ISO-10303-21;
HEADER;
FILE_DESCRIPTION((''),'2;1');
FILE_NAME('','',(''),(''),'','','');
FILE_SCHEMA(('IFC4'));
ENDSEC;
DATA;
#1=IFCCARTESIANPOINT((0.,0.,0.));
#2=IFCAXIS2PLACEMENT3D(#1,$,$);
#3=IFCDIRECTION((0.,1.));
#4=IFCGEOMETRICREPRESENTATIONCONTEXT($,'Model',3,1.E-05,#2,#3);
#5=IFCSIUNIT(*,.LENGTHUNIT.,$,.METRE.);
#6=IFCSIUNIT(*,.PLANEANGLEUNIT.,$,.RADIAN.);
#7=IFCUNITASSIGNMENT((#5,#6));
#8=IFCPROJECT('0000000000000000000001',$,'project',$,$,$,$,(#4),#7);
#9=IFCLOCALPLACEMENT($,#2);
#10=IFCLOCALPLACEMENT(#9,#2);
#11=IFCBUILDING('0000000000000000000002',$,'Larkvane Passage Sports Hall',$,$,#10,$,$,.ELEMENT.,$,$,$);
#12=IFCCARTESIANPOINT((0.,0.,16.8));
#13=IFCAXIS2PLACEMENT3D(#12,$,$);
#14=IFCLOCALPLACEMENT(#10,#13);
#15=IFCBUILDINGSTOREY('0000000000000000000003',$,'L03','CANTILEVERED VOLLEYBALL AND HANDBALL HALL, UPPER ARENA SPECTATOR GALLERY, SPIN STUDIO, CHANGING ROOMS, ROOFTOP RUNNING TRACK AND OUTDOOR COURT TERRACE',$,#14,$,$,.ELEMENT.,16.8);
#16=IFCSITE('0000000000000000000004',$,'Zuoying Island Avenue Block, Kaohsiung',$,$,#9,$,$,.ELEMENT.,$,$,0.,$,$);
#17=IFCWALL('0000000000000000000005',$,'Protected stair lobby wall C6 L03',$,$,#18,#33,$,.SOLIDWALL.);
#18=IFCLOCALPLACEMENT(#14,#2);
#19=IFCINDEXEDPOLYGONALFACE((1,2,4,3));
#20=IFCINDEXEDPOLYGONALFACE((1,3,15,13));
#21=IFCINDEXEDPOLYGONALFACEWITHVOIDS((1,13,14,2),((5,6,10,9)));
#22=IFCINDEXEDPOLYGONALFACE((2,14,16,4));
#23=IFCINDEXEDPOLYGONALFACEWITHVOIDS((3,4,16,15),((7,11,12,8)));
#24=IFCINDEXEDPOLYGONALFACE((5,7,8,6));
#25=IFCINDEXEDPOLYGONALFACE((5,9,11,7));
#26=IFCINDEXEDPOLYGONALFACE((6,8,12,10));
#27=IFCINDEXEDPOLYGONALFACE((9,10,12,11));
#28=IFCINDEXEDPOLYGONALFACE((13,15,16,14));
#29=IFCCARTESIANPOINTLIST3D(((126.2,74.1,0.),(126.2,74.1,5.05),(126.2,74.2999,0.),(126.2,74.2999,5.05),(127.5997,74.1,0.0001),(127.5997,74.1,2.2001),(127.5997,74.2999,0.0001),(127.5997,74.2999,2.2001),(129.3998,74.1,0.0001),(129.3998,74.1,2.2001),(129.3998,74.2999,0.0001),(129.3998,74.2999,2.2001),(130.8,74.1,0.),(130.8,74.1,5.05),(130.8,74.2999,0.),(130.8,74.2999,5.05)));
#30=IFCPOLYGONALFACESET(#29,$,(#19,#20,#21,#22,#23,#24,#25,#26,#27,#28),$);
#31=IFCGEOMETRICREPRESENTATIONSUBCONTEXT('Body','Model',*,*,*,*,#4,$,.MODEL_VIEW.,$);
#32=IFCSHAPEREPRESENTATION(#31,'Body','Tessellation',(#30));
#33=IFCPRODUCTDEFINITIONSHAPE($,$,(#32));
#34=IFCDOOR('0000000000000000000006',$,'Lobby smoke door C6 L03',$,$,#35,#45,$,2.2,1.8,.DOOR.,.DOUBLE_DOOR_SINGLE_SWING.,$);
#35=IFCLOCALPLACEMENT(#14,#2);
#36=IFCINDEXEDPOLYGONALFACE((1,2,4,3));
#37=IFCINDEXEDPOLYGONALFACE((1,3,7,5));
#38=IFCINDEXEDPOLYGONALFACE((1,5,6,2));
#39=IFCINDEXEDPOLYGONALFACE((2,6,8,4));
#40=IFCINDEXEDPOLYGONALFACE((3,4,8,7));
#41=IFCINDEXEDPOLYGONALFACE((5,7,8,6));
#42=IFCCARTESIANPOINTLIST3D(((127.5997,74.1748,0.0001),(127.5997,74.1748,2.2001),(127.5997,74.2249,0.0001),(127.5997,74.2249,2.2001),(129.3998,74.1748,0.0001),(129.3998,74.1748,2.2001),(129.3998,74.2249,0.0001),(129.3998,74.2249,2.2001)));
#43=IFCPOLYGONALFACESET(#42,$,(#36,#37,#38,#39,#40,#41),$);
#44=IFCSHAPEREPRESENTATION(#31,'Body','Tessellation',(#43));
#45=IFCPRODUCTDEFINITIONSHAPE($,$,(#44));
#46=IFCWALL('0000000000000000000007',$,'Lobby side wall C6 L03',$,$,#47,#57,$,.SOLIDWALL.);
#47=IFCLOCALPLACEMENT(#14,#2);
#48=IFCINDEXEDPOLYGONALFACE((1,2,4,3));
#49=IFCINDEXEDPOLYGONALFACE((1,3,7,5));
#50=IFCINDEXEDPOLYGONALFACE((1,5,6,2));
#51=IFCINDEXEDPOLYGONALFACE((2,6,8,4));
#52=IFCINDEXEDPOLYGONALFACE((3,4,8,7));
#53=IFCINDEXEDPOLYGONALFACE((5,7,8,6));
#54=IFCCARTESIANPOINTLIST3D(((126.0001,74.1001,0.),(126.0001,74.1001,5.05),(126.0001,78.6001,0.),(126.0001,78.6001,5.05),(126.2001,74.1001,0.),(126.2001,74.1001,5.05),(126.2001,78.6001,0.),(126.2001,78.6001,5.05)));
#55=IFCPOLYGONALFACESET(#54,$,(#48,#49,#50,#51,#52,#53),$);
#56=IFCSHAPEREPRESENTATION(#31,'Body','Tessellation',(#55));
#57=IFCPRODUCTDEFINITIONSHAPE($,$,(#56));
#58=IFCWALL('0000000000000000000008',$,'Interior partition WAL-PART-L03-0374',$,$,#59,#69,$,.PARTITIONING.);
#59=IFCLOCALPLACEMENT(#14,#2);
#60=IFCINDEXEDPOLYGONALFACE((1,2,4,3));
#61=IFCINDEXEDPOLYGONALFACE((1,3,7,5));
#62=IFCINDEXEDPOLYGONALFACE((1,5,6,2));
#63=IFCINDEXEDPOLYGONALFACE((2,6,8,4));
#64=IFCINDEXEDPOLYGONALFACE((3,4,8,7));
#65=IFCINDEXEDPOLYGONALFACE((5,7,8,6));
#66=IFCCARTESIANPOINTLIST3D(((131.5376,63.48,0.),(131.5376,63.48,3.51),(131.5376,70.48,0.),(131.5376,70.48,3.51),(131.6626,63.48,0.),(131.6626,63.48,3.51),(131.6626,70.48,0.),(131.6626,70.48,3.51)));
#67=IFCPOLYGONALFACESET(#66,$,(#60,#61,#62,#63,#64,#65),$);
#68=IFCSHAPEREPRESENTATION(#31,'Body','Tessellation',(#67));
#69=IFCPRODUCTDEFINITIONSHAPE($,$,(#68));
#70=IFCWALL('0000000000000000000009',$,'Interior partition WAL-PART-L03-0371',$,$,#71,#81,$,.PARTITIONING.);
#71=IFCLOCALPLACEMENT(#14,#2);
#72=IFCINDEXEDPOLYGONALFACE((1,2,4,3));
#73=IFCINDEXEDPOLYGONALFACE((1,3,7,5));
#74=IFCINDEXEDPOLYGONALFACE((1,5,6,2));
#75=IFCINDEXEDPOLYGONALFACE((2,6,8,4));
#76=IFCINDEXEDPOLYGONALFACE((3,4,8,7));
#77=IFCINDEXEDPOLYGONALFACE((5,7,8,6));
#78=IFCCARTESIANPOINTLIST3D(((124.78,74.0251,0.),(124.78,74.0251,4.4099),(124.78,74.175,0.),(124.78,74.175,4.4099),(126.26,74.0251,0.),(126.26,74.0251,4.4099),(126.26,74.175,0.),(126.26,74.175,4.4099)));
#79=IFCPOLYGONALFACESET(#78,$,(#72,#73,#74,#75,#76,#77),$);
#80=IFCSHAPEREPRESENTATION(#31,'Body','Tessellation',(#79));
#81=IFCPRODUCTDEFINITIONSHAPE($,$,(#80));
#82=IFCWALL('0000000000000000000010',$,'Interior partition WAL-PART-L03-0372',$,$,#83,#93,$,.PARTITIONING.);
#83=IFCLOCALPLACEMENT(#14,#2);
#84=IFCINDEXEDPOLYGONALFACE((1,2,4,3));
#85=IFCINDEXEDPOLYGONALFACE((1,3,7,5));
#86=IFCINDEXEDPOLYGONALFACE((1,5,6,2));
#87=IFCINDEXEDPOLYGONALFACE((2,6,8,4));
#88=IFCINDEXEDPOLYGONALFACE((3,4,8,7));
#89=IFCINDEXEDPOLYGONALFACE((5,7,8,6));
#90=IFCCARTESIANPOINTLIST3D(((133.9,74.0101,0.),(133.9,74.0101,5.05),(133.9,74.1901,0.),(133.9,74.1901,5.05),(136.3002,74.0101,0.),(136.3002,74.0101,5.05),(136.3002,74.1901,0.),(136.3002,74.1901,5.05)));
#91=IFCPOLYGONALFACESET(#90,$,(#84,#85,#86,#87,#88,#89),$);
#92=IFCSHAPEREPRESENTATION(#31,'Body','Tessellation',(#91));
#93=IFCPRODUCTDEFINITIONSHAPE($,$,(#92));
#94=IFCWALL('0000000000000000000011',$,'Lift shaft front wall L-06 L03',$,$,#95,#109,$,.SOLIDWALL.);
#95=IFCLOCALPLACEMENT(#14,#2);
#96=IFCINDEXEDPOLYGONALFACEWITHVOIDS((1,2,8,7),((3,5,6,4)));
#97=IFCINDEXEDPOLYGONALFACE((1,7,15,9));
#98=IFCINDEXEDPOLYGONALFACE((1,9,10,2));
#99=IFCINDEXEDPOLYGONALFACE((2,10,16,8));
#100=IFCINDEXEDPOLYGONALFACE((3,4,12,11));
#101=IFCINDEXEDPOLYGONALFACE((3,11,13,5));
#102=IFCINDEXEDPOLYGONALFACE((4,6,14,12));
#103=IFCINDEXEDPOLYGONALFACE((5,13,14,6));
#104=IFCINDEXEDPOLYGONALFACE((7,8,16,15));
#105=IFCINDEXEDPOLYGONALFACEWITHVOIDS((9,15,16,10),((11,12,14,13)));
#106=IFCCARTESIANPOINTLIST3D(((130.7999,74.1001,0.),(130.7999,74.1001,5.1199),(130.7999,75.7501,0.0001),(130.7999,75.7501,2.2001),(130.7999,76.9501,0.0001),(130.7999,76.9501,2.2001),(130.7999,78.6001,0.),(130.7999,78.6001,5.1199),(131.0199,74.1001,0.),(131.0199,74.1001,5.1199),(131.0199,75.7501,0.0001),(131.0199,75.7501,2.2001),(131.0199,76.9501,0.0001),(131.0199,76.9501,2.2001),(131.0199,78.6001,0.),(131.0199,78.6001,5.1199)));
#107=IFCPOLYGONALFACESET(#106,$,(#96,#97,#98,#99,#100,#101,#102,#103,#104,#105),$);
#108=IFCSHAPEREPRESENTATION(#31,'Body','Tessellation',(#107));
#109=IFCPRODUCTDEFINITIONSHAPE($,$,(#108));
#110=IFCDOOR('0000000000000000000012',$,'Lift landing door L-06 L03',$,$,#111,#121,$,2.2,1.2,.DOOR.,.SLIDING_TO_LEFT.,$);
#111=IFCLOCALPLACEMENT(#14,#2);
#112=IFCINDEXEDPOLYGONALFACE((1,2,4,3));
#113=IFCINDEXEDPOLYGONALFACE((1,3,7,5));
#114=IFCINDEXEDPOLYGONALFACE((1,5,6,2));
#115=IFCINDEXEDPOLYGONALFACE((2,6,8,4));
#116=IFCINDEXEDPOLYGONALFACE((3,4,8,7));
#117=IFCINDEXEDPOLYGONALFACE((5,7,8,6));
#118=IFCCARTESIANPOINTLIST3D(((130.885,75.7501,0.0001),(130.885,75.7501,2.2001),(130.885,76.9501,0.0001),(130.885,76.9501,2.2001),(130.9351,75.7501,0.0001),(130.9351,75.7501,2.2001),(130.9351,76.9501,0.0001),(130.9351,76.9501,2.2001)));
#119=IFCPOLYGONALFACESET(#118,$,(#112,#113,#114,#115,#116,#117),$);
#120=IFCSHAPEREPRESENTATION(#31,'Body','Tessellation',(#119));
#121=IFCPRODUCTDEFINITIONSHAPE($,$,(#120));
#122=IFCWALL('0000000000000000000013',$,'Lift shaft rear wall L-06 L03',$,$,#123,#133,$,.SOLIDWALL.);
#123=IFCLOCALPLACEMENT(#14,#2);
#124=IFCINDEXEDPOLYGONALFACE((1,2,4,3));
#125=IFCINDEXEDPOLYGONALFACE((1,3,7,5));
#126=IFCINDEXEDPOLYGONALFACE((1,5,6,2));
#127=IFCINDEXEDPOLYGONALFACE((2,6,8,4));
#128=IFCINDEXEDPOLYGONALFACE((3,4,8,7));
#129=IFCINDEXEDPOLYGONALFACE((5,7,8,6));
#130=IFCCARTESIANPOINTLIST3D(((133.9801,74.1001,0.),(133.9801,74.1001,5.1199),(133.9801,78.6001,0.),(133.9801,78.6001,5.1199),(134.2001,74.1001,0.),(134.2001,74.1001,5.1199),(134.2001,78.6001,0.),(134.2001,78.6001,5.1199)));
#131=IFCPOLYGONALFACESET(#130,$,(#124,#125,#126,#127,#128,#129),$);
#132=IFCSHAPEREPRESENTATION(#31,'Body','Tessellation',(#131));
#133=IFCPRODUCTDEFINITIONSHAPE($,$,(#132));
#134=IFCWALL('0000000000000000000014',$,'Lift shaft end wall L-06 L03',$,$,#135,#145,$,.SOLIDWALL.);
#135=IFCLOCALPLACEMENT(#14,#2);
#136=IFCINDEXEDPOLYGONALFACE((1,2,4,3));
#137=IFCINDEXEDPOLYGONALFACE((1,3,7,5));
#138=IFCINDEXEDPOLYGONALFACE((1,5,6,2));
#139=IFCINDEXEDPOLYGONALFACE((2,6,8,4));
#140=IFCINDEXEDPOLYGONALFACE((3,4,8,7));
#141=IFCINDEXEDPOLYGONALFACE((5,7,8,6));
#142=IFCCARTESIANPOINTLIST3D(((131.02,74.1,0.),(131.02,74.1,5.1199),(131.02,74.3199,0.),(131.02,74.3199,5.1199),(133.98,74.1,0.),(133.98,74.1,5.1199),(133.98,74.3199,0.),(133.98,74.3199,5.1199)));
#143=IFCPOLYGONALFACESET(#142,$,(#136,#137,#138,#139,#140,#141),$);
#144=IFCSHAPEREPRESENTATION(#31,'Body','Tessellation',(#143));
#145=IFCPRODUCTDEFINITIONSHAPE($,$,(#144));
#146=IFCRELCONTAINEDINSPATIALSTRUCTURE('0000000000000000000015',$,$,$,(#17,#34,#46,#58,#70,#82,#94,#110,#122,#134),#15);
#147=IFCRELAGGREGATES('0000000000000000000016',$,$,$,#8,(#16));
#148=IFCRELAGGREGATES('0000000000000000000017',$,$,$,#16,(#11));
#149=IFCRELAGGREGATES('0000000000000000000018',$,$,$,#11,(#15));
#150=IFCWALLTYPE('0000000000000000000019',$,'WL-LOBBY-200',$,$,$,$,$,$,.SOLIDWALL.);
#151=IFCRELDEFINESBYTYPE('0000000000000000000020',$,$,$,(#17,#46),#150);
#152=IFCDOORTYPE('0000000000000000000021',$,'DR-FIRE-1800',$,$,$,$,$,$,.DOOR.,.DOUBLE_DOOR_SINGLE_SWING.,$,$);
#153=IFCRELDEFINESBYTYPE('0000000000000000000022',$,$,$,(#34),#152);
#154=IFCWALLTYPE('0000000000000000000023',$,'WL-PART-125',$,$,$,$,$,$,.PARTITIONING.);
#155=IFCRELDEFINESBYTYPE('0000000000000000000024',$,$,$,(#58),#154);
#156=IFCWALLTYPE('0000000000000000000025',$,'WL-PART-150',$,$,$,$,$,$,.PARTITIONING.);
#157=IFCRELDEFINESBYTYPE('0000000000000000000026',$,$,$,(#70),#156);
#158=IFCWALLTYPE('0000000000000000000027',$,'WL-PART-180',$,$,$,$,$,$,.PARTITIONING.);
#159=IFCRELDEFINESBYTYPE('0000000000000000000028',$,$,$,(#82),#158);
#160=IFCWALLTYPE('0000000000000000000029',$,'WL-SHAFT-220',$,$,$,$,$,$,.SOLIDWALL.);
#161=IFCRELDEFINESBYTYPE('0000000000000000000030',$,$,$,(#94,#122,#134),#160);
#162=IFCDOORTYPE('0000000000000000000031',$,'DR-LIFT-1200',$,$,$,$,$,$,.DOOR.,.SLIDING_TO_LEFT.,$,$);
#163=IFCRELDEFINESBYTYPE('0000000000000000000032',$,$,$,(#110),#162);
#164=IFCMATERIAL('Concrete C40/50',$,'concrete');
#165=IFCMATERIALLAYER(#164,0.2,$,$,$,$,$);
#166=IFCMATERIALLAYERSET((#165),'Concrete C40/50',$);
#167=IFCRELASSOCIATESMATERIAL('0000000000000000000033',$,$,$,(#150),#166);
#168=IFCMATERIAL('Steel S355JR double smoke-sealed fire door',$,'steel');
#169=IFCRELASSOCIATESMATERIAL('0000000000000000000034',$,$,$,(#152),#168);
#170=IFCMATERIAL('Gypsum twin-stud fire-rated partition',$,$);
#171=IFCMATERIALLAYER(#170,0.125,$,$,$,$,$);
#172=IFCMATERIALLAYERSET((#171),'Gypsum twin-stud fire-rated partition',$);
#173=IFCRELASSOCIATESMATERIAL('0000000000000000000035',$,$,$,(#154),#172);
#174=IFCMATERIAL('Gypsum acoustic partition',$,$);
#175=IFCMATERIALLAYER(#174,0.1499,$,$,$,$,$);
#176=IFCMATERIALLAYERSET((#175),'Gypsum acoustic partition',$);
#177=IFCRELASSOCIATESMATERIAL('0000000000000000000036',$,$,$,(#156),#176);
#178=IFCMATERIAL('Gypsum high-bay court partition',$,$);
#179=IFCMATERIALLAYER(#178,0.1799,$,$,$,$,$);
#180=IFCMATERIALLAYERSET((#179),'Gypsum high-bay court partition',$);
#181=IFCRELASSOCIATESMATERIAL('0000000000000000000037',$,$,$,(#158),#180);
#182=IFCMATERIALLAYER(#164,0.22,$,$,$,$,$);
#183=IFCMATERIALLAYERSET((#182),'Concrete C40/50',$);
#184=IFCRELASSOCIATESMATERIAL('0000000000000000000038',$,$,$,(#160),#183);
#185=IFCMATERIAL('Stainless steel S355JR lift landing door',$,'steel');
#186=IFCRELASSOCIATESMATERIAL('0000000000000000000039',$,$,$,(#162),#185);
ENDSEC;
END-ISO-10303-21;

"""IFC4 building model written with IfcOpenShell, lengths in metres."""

from ifc_helpers import new_model, si_unit, direction, frame, frame_2d, origin, place, context, subcontext, project, spatial, rectangle, extrude, material, layer, layer_set, type_object, element, fill, save


model = new_model("IFC4")

# Units and contexts
model_context = context("Model", 3, precision=1e-05, world=origin(), true_north=direction((0.0, 1.0)))
body_context = subcontext(model_context, "Body", "Model", "MODEL_VIEW")
ifc_project = project(units=[si_unit("LENGTHUNIT", "METRE"), si_unit("PLANEANGLEUNIT", "RADIAN")], contexts=[model_context])

# Site, building, storey
site_placement = place(None, origin())
site = spatial("IfcSite", under=ifc_project, at=site_placement, Name="Zuoying Island Avenue Block, Kaohsiung", CompositionType="ELEMENT", RefElevation=0.0)
building_placement = place(site_placement, origin())
building = spatial("IfcBuilding", under=site, at=building_placement, Name="Larkvane Passage Sports Hall", CompositionType="ELEMENT")
storey_placement = place(building_placement, frame((0.0, 0.0, 16.8)))
storey = spatial("IfcBuildingStorey", under=building, at=storey_placement, Name="L03", Description="CANTILEVERED VOLLEYBALL AND HANDBALL HALL, UPPER ARENA SPECTATOR GALLERY, SPIN STUDIO, CHANGING ROOMS, ROOFTOP RUNNING TRACK AND OUTDOOR COURT TERRACE", CompositionType="ELEMENT", Elevation=16.8)

# Shared definitions
ifc_material_1 = material(Name="Concrete C40/50", Category="concrete")

# Wall, opening, door
ifc_layer_1 = layer(ifc_material_1, 0.2)
ifc_layer_set_1 = layer_set([ifc_layer_1], Name="Concrete C40/50")
wall_type_1 = type_object("IfcWallType", Name="WL-LOBBY-200", PredefinedType="SOLIDWALL", material=ifc_layer_set_1)
wall_1_placement = place(storey_placement, frame((126.2, 74.2, 0.0), z_axis=(0.0, 0.0, 1.0), x_axis=(1.0, 0.0, 0.0)))
wall_1 = element("IfcWall", 1, at=wall_1_placement, inside=storey, type_object=wall_type_1, Name="Protected stair lobby wall C6 L03", PredefinedType="SOLIDWALL", context=body_context, shape_type="SweptSolid", body=[
    extrude(rectangle(XDim=4.6001, YDim=0.2, at=frame_2d((2.3, 0.0))), origin(), (0.0, 0.0, 1.0), 5.05),
])
opening_1_placement = place(wall_1_placement, frame((1.3999, 0.0, 0.0)))
opening_1 = element("IfcOpeningElement", 2, at=opening_1_placement, cuts=wall_1, PredefinedType="OPENING", context=body_context, shape_type="SweptSolid", body=[
    extrude(rectangle(XDim=1.8, YDim=2.2, at=frame_2d((0.8999, 1.1001))), frame((0.0, 0.1099, 0.0), z_axis=(0.0, -1.0, 0.0), x_axis=(1.0, 0.0, 0.0)), (0.0, 0.0, 1.0), 0.22),
])
ifc_material_2 = material(Name="Steel S355JR double smoke-sealed fire door", Category="steel")
door_type_1 = type_object("IfcDoorType", Name="DR-FIRE-1800", OperationType="DOUBLE_DOOR_SINGLE_SWING", PredefinedType="DOOR", material=ifc_material_2)
door_1_placement = place(opening_1_placement, origin())
door_1 = element("IfcDoor", 3, at=door_1_placement, inside=storey, type_object=door_type_1, Name="Lobby smoke door C6 L03", OperationType="DOUBLE_DOOR_SINGLE_SWING", OverallHeight=2.2, OverallWidth=1.8, PredefinedType="DOOR", context=body_context, shape_type="SweptSolid", body=[
    extrude(rectangle(XDim=1.8, YDim=2.2, at=frame_2d((0.8999, 1.1001))), frame((0.0, 0.0249, 0.0), z_axis=(0.0, -1.0, 0.0), x_axis=(1.0, 0.0, 0.0)), (0.0, 0.0, 1.0), 0.05),
])
fill(opening_1, door_1)

# Walls
wall_2_placement = place(storey_placement, frame((126.1001, 74.1001, 0.0), z_axis=(0.0, 0.0, 1.0), x_axis=(0.0, 1.0, 0.0)))
element("IfcWall", 4, at=wall_2_placement, inside=storey, type_object=wall_type_1, Name="Lobby side wall C6 L03", PredefinedType="SOLIDWALL", context=body_context, shape_type="SweptSolid", body=[
    extrude(rectangle(XDim=4.5, YDim=0.2, at=frame_2d((2.25, 0.0))), origin(), (0.0, 0.0, 1.0), 5.05),
])
ifc_material_3 = material(Name="Gypsum twin-stud fire-rated partition")
ifc_layer_2 = layer(ifc_material_3, 0.125)
ifc_layer_set_2 = layer_set([ifc_layer_2], Name="Gypsum twin-stud fire-rated partition")
wall_type_2 = type_object("IfcWallType", Name="WL-PART-125", PredefinedType="PARTITIONING", material=ifc_layer_set_2)
wall_3_placement = place(storey_placement, frame((131.6001, 70.48, 0.0), z_axis=(0.0, 0.0, 1.0), x_axis=(0.0, -1.0, 0.0)))
element("IfcWall", 5, at=wall_3_placement, inside=storey, type_object=wall_type_2, Name="Interior partition WAL-PART-L03-0374", PredefinedType="PARTITIONING", context=body_context, shape_type="SweptSolid", body=[
    extrude(rectangle(XDim=7.0, YDim=0.125, at=frame_2d((3.5, 0.0))), origin(), (0.0, 0.0, 1.0), 3.51),
])
ifc_material_4 = material(Name="Gypsum acoustic partition")
ifc_layer_3 = layer(ifc_material_4, 0.1499)
ifc_layer_set_3 = layer_set([ifc_layer_3], Name="Gypsum acoustic partition")
wall_type_3 = type_object("IfcWallType", Name="WL-PART-150", PredefinedType="PARTITIONING", material=ifc_layer_set_3)
wall_4_placement = place(storey_placement, frame((124.78, 74.1001, 0.0), z_axis=(0.0, 0.0, 1.0), x_axis=(1.0, 0.0, 0.0)))
element("IfcWall", 6, at=wall_4_placement, inside=storey, type_object=wall_type_3, Name="Interior partition WAL-PART-L03-0371", PredefinedType="PARTITIONING", context=body_context, shape_type="SweptSolid", body=[
    extrude(rectangle(XDim=1.48, YDim=0.1499, at=frame_2d((0.74, 0.0))), origin(), (0.0, 0.0, 1.0), 4.4099),
])
ifc_material_5 = material(Name="Gypsum high-bay court partition")
ifc_layer_4 = layer(ifc_material_5, 0.1799)
ifc_layer_set_4 = layer_set([ifc_layer_4], Name="Gypsum high-bay court partition")
wall_type_4 = type_object("IfcWallType", Name="WL-PART-180", PredefinedType="PARTITIONING", material=ifc_layer_set_4)
wall_5_placement = place(storey_placement, frame((133.8999, 74.1001, 0.0), z_axis=(0.0, 0.0, 1.0), x_axis=(1.0, 0.0, 0.0)))
element("IfcWall", 7, at=wall_5_placement, inside=storey, type_object=wall_type_4, Name="Interior partition WAL-PART-L03-0372", PredefinedType="PARTITIONING", context=body_context, shape_type="SweptSolid", body=[
    extrude(rectangle(XDim=2.4001, YDim=0.1799, at=frame_2d((1.2002, 0.0))), origin(), (0.0, 0.0, 1.0), 5.05),
])

# Wall, opening, door
ifc_layer_5 = layer(ifc_material_1, 0.22)
ifc_layer_set_5 = layer_set([ifc_layer_5], Name="Concrete C40/50")
wall_type_5 = type_object("IfcWallType", Name="WL-SHAFT-220", PredefinedType="SOLIDWALL", material=ifc_layer_set_5)
wall_6_placement = place(storey_placement, frame((130.9099, 74.1001, 0.0), z_axis=(0.0, 0.0, 1.0), x_axis=(0.0, 1.0, 0.0)))
wall_6 = element("IfcWall", 8, at=wall_6_placement, inside=storey, type_object=wall_type_5, Name="Lift shaft front wall L-06 L03", PredefinedType="SOLIDWALL", context=body_context, shape_type="SweptSolid", body=[
    extrude(rectangle(XDim=4.5, YDim=0.22, at=frame_2d((2.25, 0.0))), origin(), (0.0, 0.0, 1.0), 5.1199),
])
opening_2_placement = place(wall_6_placement, frame((1.6499, 0.0, 0.0)))
opening_2 = element("IfcOpeningElement", 9, at=opening_2_placement, cuts=wall_6, PredefinedType="OPENING", context=body_context, shape_type="SweptSolid", body=[
    extrude(rectangle(XDim=1.2, YDim=2.2, at=frame_2d((0.6001, 1.1001))), frame((0.0, 0.1199, 0.0), z_axis=(0.0, -1.0, 0.0), x_axis=(1.0, 0.0, 0.0)), (0.0, 0.0, 1.0), 0.24),
])
ifc_material_6 = material(Name="Stainless steel S355JR lift landing door", Category="steel")
door_type_2 = type_object("IfcDoorType", Name="DR-LIFT-1200", OperationType="SLIDING_TO_LEFT", PredefinedType="DOOR", material=ifc_material_6)
door_2_placement = place(opening_2_placement, origin())
door_2 = element("IfcDoor", 10, at=door_2_placement, inside=storey, type_object=door_type_2, Name="Lift landing door L-06 L03", OperationType="SLIDING_TO_LEFT", OverallHeight=2.2, OverallWidth=1.2, PredefinedType="DOOR", context=body_context, shape_type="SweptSolid", body=[
    extrude(rectangle(XDim=1.2, YDim=2.2, at=frame_2d((0.6001, 1.1001))), frame((0.0, 0.0249, 0.0), z_axis=(0.0, -1.0, 0.0), x_axis=(1.0, 0.0, 0.0)), (0.0, 0.0, 1.0), 0.05),
])
fill(opening_2, door_2)

# Walls
wall_7_placement = place(storey_placement, frame((134.0901, 74.1001, 0.0), z_axis=(0.0, 0.0, 1.0), x_axis=(0.0, 1.0, 0.0)))
element("IfcWall", 11, at=wall_7_placement, inside=storey, type_object=wall_type_5, Name="Lift shaft rear wall L-06 L03", PredefinedType="SOLIDWALL", context=body_context, shape_type="SweptSolid", body=[
    extrude(rectangle(XDim=4.5, YDim=0.22, at=frame_2d((2.25, 0.0))), origin(), (0.0, 0.0, 1.0), 5.1199),
])
wall_8_placement = place(storey_placement, frame((131.02, 74.21, 0.0), z_axis=(0.0, 0.0, 1.0), x_axis=(1.0, 0.0, 0.0)))
element("IfcWall", 12, at=wall_8_placement, inside=storey, type_object=wall_type_5, Name="Lift shaft end wall L-06 L03", PredefinedType="SOLIDWALL", context=body_context, shape_type="SweptSolid", body=[
    extrude(rectangle(XDim=2.96, YDim=0.22, at=frame_2d((1.48, 0.0))), origin(), (0.0, 0.0, 1.0), 5.1199),
])

save(model, "model.ifc")
